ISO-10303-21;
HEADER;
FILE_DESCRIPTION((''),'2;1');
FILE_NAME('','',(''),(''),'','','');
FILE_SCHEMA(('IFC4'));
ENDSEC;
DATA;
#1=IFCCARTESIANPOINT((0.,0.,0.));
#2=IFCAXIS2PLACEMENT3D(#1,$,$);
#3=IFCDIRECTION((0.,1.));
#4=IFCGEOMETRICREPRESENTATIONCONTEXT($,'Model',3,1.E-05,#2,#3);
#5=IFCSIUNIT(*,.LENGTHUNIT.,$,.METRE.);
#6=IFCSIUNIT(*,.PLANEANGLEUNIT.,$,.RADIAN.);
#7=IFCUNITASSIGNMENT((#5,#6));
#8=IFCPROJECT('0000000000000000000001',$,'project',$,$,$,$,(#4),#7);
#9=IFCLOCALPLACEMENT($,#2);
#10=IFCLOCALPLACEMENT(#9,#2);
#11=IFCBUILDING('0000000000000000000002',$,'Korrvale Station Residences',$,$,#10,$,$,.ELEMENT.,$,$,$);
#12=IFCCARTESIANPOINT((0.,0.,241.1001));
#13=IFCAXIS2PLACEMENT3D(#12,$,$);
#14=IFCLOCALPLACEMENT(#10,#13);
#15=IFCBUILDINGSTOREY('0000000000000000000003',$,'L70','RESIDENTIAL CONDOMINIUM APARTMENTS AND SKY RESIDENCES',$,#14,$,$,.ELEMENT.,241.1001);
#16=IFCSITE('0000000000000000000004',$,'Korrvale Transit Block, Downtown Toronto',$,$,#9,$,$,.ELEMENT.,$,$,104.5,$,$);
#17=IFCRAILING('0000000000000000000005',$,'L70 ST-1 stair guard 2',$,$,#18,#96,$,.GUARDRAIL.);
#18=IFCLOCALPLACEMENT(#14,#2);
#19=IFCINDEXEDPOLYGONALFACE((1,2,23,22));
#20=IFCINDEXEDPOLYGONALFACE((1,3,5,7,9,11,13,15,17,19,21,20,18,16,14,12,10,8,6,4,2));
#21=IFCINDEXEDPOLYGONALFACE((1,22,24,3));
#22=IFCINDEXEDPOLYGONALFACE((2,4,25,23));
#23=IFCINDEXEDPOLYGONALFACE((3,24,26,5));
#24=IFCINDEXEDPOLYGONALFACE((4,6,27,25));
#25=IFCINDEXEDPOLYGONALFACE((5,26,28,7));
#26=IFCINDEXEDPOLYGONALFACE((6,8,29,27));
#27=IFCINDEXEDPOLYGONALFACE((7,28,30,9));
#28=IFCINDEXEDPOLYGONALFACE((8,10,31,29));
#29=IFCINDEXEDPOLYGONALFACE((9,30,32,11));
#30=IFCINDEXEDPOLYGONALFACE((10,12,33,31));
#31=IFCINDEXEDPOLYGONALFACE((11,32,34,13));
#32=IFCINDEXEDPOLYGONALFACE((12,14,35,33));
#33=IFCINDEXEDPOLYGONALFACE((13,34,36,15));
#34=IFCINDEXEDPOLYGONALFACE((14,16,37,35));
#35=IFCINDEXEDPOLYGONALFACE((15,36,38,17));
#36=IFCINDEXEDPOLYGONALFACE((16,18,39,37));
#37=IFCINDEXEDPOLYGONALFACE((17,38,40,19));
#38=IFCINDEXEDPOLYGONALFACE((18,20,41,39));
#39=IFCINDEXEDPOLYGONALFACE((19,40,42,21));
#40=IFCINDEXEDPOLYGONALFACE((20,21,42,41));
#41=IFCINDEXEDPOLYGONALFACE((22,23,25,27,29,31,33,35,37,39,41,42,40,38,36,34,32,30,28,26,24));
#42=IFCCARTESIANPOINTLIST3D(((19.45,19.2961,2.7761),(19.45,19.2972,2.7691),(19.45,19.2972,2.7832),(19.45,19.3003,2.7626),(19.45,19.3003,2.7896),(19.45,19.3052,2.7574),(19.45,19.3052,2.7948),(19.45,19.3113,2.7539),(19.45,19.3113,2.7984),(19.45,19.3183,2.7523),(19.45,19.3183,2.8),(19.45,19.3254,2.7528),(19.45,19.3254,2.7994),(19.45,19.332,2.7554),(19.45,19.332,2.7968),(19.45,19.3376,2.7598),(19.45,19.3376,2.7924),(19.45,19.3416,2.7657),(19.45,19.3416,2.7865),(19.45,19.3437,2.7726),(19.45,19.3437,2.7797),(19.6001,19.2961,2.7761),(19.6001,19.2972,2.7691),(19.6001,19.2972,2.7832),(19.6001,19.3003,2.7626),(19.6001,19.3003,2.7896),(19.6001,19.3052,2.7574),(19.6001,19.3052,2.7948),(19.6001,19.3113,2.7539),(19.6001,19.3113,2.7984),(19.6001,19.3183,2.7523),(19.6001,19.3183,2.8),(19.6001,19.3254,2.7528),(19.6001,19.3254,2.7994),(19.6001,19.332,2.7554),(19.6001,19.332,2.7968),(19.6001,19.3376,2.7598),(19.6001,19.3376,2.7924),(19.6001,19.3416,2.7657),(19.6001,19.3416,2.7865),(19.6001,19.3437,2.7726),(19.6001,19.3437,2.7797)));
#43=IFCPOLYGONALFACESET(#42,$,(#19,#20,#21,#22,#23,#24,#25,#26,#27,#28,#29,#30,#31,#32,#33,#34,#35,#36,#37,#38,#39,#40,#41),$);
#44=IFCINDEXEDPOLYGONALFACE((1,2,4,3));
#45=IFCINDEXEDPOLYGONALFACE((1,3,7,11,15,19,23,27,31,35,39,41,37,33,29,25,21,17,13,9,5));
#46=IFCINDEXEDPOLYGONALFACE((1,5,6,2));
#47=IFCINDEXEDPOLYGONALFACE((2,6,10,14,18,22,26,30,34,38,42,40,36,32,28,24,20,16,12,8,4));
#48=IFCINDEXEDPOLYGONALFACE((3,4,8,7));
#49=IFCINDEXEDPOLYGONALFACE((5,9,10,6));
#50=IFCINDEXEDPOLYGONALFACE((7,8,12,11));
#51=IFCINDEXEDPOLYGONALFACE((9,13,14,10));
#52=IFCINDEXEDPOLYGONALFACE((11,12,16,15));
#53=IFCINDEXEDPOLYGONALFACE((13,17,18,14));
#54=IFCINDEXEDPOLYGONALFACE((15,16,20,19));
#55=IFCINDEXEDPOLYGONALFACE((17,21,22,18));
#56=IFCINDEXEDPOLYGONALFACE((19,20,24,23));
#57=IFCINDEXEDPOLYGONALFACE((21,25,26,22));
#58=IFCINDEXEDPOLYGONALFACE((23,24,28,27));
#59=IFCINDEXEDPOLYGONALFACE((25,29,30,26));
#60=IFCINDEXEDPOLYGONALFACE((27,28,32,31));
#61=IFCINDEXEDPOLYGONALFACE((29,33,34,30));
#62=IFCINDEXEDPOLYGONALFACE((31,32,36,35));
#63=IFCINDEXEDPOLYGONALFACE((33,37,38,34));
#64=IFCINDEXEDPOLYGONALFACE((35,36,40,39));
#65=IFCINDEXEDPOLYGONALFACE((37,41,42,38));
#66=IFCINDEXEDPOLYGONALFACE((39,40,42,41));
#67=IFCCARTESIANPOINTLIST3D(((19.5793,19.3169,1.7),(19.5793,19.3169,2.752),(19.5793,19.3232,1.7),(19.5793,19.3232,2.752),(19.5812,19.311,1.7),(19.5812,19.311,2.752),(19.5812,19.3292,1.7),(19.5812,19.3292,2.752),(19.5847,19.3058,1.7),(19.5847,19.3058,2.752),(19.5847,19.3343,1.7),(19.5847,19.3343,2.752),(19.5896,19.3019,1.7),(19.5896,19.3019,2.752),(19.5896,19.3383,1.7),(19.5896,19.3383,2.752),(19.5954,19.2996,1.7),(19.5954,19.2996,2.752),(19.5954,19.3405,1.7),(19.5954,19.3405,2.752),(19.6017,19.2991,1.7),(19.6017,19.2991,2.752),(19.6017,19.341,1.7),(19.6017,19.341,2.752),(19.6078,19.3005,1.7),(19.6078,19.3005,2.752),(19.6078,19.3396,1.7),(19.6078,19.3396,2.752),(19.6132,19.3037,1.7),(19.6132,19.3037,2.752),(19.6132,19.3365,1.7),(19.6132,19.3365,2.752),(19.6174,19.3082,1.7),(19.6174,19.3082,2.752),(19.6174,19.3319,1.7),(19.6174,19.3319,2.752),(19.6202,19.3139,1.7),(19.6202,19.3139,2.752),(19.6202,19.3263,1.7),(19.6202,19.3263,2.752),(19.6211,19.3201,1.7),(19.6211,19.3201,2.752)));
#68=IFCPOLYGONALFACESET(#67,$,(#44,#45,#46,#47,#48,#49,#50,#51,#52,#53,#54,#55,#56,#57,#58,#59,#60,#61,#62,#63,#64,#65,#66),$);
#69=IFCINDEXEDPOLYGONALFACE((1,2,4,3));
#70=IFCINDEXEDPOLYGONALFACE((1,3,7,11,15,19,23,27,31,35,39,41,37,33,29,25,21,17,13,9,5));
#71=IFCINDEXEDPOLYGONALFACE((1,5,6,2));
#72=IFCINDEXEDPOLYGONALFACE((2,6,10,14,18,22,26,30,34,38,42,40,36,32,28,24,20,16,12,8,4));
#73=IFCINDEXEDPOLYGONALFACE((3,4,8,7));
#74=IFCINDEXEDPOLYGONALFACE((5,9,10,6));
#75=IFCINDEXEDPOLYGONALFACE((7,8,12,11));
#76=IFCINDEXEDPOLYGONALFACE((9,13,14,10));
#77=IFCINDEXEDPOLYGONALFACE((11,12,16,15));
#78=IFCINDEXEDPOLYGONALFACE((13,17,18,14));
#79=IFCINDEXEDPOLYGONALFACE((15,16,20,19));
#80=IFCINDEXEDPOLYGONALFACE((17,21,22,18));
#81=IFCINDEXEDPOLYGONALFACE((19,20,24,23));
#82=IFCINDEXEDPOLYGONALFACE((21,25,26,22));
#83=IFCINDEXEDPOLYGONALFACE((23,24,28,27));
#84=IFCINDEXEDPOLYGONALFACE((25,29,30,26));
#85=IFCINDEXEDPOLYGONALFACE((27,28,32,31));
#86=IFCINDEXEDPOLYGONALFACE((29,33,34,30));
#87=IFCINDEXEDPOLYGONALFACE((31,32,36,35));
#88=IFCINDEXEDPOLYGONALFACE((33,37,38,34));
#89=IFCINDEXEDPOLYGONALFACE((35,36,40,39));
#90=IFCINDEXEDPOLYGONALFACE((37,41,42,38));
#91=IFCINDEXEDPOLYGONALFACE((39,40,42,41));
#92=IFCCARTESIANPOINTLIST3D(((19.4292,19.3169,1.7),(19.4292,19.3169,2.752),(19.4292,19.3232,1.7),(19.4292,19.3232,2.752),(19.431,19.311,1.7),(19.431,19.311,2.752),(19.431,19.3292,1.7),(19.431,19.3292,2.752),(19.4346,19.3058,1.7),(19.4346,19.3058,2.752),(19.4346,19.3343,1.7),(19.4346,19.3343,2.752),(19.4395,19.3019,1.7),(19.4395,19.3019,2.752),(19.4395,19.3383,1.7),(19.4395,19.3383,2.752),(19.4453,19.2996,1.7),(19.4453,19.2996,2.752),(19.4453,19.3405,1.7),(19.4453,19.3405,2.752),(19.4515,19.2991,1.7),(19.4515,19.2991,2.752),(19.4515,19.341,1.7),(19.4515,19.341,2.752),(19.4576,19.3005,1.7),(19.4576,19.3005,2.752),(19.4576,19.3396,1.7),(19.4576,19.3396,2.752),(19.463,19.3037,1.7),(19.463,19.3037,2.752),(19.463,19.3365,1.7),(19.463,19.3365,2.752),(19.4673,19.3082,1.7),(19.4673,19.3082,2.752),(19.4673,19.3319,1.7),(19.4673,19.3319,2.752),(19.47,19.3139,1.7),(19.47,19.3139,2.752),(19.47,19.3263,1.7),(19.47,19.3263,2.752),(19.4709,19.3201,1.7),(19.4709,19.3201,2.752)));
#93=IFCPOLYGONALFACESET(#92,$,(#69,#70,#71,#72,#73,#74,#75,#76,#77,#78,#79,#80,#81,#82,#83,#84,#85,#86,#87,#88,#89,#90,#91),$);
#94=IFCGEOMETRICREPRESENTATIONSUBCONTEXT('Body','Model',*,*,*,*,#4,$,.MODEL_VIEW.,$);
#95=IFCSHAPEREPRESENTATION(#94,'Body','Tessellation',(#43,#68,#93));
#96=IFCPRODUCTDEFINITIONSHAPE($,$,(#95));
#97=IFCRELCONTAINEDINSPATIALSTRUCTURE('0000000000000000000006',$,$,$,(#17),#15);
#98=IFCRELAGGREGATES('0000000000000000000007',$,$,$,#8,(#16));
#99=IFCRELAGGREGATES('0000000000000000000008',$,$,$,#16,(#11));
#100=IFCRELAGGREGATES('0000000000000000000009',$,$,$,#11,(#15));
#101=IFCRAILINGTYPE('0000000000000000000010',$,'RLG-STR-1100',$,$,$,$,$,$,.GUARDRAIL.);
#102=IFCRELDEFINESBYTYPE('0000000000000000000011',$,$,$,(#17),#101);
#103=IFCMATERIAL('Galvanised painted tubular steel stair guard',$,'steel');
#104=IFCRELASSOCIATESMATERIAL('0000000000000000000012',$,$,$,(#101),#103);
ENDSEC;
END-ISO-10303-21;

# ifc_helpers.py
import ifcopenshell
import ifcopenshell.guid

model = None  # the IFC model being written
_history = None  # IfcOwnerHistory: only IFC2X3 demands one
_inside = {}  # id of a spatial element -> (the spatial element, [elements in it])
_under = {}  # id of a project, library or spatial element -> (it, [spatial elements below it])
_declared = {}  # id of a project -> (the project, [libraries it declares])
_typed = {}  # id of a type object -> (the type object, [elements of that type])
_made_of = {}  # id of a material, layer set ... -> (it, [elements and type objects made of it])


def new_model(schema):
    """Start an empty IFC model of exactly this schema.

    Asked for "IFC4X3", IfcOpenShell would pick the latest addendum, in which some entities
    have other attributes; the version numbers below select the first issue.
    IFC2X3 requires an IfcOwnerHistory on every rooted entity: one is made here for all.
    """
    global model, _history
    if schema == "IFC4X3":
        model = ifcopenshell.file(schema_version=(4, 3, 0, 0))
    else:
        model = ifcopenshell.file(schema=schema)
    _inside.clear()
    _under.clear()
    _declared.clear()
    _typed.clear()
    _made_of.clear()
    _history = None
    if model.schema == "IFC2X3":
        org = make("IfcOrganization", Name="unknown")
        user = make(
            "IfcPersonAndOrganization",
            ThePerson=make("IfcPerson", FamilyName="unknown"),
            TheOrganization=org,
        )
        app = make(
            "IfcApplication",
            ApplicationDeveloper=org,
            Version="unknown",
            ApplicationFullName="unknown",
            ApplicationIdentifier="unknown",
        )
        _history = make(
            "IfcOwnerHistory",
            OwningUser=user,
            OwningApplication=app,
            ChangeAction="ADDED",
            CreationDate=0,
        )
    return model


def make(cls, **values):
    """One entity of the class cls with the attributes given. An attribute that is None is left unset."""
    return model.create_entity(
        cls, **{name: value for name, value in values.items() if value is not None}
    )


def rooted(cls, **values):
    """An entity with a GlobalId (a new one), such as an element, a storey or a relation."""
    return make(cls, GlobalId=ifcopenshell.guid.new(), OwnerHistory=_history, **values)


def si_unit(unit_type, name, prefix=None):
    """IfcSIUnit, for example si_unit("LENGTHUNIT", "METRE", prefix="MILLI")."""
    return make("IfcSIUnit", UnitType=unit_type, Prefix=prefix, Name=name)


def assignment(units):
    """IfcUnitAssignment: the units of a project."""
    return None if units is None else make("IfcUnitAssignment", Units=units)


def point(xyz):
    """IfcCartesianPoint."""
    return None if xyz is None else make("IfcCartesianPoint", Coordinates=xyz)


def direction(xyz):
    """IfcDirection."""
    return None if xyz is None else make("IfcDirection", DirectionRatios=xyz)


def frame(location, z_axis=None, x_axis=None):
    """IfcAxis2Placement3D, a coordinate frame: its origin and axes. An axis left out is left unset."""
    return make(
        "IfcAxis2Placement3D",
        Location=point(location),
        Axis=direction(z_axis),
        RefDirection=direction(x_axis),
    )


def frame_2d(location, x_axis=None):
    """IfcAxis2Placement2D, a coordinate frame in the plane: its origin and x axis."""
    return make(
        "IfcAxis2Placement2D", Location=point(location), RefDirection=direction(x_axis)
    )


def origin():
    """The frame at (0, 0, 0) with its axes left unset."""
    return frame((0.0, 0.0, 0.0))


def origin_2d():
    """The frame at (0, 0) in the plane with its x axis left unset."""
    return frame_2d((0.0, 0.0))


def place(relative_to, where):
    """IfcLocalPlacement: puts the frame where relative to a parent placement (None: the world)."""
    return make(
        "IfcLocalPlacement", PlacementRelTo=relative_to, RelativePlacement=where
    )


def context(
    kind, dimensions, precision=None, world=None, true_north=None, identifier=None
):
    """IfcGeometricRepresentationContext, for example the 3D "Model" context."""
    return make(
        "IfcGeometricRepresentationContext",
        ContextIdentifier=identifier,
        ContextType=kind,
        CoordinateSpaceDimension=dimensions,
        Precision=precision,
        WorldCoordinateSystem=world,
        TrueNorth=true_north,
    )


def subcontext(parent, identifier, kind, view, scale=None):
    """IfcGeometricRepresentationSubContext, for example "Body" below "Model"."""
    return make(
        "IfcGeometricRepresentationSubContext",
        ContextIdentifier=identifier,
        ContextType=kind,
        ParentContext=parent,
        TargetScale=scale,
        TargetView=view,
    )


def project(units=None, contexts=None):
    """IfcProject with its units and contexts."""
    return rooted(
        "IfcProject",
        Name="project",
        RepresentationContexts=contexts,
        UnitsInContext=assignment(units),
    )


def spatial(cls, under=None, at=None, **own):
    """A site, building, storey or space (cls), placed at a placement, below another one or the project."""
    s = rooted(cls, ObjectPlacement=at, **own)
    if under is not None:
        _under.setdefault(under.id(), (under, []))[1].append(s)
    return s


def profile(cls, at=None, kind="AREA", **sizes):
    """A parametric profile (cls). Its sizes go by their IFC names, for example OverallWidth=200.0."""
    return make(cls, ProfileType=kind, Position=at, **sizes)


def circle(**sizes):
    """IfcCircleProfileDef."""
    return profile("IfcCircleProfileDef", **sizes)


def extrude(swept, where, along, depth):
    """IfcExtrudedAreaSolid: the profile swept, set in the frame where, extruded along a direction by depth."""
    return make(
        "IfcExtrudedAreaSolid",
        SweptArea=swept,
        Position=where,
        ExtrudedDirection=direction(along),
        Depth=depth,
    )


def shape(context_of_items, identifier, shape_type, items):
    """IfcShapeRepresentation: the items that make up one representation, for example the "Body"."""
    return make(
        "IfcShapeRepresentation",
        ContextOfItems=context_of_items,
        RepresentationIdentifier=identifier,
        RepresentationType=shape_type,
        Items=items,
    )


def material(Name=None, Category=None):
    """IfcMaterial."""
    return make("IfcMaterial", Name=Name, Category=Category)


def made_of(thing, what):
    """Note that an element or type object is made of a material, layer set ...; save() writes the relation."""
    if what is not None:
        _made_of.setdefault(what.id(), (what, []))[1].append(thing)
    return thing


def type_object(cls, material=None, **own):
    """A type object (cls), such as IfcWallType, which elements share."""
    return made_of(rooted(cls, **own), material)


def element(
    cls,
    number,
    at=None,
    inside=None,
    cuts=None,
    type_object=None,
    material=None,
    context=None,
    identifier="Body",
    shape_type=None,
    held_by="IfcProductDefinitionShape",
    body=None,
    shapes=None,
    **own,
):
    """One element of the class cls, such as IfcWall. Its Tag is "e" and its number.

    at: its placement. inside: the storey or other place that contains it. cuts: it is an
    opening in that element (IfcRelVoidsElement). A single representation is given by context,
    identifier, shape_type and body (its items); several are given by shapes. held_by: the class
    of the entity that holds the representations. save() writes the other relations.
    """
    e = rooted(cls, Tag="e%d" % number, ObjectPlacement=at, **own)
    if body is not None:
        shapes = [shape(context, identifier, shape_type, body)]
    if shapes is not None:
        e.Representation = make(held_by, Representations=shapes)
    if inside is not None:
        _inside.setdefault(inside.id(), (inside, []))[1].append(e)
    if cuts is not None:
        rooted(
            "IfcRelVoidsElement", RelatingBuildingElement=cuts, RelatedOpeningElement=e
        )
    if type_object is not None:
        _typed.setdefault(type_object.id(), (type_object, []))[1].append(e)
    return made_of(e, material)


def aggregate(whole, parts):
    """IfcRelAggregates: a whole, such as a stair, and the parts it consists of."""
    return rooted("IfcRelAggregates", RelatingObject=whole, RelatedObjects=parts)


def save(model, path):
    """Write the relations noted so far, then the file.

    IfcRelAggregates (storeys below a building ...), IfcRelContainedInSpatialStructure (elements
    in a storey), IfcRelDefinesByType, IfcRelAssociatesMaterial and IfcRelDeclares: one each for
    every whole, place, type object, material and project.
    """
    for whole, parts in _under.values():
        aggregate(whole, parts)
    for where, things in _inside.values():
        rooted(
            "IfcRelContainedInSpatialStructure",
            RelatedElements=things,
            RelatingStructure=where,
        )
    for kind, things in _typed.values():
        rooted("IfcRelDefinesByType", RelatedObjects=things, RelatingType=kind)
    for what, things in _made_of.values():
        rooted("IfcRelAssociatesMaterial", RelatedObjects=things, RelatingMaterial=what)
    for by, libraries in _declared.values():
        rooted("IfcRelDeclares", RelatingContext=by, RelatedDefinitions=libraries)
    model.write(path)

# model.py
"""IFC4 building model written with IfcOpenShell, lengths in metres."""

from ifc_helpers import new_model, si_unit, direction, frame, origin, origin_2d, place, context, subcontext, project, spatial, circle, extrude, material, type_object, element, save


model = new_model("IFC4")

# Units and contexts
model_context = context("Model", 3, precision=1e-05, world=origin(), true_north=direction((0.0, 1.0)))
body_context = subcontext(model_context, "Body", "Model", "MODEL_VIEW")
ifc_project = project(units=[si_unit("LENGTHUNIT", "METRE"), si_unit("PLANEANGLEUNIT", "RADIAN")], contexts=[model_context])

# Site, building, storey
site_placement = place(None, origin())
site = spatial("IfcSite", under=ifc_project, at=site_placement, Name="Korrvale Transit Block, Downtown Toronto", CompositionType="ELEMENT", RefElevation=104.5)
building_placement = place(site_placement, origin())
building = spatial("IfcBuilding", under=site, at=building_placement, Name="Korrvale Station Residences", CompositionType="ELEMENT")
storey_placement = place(building_placement, frame((0.0, 0.0, 241.1001)))
storey = spatial("IfcBuildingStorey", under=building, at=storey_placement, Name="L70", Description="RESIDENTIAL CONDOMINIUM APARTMENTS AND SKY RESIDENCES", CompositionType="ELEMENT", Elevation=241.1001)

# Railing
ifc_material_1 = material(Name="Galvanised painted tubular steel stair guard", Category="steel")
railing_type_1 = type_object("IfcRailingType", Name="RLG-STR-1100", PredefinedType="GUARDRAIL", material=ifc_material_1)
railing_1_placement = place(storey_placement, frame((19.6001, 19.3201, 1.7)))
element("IfcRailing", 1, at=railing_1_placement, inside=storey, type_object=railing_type_1, Name="L70 ST-1 stair guard 2", PredefinedType="GUARDRAIL", context=body_context, shape_type="SweptSolid", body=[
    extrude(circle(Radius=0.0239, at=origin_2d()), frame((0.0, 0.0, 1.0762), z_axis=(-1.0, 0.0, 0.0), x_axis=(0.0, -1.0, 0.0)), (0.0, 0.0, 1.0), 0.1501),
    extrude(circle(Radius=0.021, at=origin_2d()), origin(), (0.0, 0.0, 1.0), 1.052),
    extrude(circle(Radius=0.021, at=origin_2d()), frame((-0.1501, 0.0, 0.0)), (0.0, 0.0, 1.0), 1.052),
])

save(model, "model.ifc")
